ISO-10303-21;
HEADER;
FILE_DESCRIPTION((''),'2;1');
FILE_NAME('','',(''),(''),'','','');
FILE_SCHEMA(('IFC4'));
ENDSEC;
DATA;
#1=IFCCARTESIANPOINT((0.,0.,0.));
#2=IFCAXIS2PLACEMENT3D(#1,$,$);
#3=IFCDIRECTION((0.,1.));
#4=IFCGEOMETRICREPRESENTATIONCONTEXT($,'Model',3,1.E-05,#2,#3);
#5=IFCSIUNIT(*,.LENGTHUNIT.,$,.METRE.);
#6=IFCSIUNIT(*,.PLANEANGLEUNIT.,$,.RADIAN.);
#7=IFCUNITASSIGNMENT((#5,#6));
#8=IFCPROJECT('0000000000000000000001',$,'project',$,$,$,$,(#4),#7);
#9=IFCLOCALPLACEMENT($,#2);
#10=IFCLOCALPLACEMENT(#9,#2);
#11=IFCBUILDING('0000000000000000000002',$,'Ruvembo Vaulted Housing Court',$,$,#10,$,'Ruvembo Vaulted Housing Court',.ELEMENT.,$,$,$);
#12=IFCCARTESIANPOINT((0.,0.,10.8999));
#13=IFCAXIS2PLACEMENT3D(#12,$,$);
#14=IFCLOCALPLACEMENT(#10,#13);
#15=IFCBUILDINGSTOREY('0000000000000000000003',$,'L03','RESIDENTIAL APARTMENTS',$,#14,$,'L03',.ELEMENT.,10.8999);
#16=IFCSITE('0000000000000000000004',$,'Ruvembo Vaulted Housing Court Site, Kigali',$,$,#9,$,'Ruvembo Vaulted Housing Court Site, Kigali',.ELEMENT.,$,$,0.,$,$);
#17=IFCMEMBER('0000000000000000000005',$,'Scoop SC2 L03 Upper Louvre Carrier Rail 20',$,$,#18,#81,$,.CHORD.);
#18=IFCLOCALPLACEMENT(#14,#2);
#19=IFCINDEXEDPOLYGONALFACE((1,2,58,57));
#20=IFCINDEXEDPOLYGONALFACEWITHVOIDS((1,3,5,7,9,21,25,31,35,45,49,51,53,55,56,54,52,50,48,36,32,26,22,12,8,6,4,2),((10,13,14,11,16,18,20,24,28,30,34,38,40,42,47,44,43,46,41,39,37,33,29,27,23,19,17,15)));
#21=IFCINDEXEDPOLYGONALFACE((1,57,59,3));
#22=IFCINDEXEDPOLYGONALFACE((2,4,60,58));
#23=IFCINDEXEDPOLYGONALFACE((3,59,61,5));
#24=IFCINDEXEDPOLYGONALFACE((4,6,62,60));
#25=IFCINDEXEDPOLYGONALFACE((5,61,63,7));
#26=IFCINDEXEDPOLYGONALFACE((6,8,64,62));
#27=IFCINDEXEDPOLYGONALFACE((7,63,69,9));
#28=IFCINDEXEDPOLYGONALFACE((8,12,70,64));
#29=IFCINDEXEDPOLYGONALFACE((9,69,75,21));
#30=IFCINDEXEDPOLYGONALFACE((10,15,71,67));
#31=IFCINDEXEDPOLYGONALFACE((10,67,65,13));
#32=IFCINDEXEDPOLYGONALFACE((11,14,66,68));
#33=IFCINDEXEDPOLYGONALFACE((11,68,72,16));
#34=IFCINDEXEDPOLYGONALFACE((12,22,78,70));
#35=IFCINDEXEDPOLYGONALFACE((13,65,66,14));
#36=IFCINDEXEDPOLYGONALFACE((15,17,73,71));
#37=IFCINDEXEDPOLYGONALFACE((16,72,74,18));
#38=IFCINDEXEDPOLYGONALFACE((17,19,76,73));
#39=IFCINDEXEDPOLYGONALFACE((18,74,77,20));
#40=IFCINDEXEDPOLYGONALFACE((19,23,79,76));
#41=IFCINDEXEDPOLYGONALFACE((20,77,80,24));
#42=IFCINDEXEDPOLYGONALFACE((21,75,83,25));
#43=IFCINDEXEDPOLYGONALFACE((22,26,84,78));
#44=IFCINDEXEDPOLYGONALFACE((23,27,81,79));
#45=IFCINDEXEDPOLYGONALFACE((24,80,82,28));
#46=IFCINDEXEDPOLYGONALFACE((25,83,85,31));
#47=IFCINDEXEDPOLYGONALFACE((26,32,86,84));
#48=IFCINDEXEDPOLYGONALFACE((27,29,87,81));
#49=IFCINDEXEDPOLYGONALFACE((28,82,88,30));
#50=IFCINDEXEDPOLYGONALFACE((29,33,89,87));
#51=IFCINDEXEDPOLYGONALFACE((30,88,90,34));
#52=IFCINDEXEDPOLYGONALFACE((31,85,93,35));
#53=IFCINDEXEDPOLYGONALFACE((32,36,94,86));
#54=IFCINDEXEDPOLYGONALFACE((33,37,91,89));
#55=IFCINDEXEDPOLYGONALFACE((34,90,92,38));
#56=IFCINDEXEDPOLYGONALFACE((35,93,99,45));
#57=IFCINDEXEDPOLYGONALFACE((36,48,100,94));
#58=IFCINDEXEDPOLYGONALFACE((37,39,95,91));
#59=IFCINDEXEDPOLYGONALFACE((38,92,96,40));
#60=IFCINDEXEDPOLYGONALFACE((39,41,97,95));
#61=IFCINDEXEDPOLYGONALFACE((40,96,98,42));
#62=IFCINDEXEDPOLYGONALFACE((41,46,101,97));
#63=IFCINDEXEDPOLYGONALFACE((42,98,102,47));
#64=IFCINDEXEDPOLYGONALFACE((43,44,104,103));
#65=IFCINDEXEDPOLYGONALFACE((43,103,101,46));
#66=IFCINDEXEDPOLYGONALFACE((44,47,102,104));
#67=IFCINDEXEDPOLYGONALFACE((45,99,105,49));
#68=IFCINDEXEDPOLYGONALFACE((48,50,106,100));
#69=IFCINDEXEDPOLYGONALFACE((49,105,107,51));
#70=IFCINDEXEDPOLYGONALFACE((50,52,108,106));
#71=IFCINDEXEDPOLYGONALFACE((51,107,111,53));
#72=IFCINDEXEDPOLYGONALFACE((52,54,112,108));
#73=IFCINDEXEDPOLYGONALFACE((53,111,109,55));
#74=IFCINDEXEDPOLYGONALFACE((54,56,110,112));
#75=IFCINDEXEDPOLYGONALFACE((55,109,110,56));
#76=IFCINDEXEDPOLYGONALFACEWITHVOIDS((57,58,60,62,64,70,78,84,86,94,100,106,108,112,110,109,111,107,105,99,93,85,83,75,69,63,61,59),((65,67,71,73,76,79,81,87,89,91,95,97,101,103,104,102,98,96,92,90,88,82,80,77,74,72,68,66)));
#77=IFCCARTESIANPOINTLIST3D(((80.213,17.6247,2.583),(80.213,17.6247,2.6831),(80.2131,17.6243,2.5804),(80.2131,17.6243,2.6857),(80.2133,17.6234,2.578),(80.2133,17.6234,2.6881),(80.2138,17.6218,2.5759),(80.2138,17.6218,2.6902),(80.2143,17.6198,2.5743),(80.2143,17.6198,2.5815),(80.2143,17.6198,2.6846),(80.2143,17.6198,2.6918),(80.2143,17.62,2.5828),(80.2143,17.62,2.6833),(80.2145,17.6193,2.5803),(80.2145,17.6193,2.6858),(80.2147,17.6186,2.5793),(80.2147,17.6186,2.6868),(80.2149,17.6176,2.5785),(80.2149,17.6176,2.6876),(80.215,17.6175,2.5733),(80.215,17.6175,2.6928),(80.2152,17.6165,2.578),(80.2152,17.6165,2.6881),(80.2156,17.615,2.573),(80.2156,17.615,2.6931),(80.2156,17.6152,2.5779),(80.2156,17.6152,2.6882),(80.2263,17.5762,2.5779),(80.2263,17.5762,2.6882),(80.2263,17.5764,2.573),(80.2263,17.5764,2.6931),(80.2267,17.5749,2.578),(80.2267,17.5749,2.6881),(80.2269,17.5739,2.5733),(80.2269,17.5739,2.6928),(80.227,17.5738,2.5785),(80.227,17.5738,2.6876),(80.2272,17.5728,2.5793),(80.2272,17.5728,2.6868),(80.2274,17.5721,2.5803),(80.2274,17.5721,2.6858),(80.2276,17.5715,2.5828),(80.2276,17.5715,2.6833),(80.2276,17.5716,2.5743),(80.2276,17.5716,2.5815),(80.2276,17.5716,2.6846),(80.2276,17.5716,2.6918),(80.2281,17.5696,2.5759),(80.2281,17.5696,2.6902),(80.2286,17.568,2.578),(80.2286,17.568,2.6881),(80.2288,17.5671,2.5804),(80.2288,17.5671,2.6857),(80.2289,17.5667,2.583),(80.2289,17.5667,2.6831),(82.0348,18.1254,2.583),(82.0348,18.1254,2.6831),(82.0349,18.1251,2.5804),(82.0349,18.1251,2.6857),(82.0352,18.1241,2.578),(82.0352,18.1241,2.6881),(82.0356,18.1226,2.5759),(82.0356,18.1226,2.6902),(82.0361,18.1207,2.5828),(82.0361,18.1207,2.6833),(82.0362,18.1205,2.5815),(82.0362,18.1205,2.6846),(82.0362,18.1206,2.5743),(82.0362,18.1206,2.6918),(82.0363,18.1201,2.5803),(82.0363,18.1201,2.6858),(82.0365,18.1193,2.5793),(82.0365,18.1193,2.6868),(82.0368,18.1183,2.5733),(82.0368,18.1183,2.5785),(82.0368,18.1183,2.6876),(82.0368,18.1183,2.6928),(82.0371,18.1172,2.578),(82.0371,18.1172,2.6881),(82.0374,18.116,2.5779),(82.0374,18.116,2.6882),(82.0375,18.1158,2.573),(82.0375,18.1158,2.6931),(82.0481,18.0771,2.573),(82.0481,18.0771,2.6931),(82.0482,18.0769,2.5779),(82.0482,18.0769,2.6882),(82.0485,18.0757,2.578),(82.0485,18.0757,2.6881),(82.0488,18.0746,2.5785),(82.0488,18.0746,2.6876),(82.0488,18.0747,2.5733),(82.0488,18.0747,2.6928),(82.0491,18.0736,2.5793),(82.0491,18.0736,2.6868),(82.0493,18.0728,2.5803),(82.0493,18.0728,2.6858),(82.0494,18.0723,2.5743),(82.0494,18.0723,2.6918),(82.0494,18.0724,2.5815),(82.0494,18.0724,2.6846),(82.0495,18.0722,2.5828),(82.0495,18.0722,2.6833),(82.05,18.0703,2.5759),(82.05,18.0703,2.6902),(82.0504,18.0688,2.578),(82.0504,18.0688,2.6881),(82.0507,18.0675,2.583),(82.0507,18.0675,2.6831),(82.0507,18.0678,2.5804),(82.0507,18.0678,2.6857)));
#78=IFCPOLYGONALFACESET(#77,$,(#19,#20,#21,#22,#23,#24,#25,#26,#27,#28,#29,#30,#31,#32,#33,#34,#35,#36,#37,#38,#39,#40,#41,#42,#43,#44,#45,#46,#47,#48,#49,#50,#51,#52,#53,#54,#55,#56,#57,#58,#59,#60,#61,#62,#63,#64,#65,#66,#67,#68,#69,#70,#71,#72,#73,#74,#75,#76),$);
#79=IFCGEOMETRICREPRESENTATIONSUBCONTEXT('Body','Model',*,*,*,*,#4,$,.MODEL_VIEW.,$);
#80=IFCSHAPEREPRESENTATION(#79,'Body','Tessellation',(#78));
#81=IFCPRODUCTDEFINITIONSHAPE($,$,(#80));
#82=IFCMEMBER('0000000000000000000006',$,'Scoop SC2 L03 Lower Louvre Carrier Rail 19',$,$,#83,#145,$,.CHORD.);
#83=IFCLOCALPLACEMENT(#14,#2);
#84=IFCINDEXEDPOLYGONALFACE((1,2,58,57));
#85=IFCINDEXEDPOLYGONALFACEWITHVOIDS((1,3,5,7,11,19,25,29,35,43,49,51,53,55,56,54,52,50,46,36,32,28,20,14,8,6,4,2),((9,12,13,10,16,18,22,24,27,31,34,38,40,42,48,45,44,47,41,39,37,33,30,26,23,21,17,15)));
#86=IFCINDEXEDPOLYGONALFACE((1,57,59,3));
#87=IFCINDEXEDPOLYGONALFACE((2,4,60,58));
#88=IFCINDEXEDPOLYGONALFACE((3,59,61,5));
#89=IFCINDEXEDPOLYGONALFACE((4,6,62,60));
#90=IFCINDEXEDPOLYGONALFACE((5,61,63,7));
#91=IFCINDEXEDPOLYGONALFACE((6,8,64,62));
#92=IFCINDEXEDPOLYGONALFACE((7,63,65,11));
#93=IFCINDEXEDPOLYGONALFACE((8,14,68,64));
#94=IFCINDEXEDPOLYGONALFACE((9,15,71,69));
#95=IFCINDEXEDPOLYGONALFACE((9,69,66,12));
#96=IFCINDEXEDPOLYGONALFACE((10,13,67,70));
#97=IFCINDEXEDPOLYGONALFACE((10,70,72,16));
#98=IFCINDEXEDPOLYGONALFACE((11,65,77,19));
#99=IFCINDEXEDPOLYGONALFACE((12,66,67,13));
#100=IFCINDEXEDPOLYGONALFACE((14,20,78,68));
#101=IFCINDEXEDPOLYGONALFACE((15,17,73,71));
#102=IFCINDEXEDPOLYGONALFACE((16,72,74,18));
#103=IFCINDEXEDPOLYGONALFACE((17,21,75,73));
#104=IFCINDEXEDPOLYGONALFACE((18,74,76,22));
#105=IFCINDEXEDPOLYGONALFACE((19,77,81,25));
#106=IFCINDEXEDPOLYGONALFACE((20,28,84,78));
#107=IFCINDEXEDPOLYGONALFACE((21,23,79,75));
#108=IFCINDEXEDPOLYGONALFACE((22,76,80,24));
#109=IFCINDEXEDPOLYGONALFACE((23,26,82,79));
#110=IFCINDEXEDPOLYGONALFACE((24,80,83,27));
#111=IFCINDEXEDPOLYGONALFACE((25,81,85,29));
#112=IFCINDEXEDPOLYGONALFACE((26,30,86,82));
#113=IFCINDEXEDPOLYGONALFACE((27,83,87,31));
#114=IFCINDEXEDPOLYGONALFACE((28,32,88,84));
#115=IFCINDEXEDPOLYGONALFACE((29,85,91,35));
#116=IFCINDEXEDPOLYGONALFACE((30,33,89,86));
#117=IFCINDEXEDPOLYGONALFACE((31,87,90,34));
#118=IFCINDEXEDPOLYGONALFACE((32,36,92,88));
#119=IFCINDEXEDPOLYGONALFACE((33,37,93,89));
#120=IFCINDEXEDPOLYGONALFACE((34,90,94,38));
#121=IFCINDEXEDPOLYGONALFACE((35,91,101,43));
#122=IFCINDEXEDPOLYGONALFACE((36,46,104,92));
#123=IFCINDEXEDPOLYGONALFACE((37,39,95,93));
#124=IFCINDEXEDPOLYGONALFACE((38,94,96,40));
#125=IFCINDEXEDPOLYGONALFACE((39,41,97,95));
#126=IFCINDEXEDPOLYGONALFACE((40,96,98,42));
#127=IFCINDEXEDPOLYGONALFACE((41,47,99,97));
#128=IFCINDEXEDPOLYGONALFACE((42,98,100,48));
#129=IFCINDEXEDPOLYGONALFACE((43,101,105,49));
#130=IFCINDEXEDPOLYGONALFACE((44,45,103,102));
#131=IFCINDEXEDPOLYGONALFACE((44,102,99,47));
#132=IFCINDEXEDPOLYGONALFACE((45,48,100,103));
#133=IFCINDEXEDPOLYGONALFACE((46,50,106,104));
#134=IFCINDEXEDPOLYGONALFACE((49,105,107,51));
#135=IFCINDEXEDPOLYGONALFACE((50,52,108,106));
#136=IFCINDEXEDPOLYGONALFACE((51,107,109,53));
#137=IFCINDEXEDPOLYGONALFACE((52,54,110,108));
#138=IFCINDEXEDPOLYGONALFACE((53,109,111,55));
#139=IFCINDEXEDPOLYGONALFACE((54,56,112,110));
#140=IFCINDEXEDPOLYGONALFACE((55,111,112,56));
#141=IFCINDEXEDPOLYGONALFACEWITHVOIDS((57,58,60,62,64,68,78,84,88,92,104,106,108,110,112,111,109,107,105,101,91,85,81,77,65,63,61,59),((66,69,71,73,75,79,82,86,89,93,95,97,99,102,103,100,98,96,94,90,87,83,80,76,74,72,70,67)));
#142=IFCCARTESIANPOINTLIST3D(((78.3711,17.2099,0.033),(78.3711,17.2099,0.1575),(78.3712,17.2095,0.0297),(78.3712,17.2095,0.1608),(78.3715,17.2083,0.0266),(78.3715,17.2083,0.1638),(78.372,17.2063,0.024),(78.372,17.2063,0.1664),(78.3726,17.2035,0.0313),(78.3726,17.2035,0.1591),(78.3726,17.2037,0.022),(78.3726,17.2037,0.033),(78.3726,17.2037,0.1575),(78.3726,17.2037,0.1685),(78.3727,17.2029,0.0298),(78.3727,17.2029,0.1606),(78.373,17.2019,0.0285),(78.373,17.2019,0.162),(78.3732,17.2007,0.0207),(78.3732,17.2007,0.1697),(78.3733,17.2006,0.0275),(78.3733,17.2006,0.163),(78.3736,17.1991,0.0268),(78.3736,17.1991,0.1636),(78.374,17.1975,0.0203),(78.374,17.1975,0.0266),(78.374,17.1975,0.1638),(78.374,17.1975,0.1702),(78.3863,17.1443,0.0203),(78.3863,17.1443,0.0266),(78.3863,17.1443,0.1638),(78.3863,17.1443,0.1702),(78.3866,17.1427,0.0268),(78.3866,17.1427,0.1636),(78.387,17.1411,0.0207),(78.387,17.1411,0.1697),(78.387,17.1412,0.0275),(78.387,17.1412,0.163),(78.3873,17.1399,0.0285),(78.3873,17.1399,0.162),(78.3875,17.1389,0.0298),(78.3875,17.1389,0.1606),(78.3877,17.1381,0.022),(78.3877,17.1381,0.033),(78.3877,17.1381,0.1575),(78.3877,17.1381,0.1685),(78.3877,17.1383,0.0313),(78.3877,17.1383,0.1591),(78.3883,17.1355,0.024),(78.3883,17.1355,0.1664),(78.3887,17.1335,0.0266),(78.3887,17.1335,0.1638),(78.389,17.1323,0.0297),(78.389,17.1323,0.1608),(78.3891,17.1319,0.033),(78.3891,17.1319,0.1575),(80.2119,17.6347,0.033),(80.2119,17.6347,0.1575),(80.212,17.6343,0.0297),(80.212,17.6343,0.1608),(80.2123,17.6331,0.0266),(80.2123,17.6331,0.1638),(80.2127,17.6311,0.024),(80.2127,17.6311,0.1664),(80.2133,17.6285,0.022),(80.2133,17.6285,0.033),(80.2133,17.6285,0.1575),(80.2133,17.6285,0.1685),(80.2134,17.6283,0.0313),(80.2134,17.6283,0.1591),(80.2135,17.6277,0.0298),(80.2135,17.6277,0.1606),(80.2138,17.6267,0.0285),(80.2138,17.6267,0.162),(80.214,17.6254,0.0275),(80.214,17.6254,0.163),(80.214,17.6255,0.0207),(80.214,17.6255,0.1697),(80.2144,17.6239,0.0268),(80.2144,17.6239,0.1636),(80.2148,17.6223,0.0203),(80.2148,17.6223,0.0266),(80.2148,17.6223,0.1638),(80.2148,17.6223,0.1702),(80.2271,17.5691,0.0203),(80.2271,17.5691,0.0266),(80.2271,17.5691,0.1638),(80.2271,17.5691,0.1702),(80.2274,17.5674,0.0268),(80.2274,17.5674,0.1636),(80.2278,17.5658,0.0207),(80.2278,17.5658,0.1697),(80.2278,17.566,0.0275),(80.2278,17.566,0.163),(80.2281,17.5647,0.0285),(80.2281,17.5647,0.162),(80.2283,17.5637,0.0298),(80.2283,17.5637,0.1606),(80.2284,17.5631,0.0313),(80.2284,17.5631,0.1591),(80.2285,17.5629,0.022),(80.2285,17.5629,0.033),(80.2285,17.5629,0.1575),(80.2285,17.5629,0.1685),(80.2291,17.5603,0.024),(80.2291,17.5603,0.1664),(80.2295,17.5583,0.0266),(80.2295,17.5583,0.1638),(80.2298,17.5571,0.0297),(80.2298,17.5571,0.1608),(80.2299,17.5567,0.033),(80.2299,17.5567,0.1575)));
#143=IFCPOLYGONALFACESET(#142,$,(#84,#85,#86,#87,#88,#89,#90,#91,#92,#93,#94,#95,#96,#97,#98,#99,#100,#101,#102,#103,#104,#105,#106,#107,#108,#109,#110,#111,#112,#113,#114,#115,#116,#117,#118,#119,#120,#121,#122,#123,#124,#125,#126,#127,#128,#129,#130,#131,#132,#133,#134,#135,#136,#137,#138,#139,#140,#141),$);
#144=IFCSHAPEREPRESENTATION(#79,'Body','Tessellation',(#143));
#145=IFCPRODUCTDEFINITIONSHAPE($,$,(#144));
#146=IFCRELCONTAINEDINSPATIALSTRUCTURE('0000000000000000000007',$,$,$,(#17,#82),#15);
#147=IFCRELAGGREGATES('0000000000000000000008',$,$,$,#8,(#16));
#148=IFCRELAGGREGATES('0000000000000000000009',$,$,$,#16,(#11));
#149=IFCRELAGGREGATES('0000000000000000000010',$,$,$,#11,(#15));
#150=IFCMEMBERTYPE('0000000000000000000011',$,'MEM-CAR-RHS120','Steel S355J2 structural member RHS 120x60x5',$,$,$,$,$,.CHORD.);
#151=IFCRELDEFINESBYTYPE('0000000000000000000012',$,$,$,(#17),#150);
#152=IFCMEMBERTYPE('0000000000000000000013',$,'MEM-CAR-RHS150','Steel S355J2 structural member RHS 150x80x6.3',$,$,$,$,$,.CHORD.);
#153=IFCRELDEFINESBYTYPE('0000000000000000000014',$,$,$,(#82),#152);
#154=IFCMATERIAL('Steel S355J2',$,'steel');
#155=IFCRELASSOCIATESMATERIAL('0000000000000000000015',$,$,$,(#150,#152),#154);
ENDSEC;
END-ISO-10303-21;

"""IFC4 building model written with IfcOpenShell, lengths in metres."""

from ifc_helpers import new_model, si_unit, direction, frame, origin, origin_2d, place, context, subcontext, project, spatial, hollow_rectangle, extrude, material, material_profile, profile_set, type_object, element, save


model = new_model("IFC4")

# Units and contexts
model_context = context("Model", 3, precision=1e-05, world=origin(), true_north=direction((0.0, 1.0)))
body_context = subcontext(model_context, "Body", "Model", "MODEL_VIEW")
ifc_project = project(units=[si_unit("LENGTHUNIT", "METRE"), si_unit("PLANEANGLEUNIT", "RADIAN")], contexts=[model_context])

# Site, building, storey
site_placement = place(None, origin())
site = spatial("IfcSite", under=ifc_project, at=site_placement, Name="Ruvembo Vaulted Housing Court Site, Kigali", LongName="Ruvembo Vaulted Housing Court Site, Kigali", CompositionType="ELEMENT", RefElevation=0.0)
building_placement = place(site_placement, origin())
building = spatial("IfcBuilding", under=site, at=building_placement, Name="Ruvembo Vaulted Housing Court", LongName="Ruvembo Vaulted Housing Court", CompositionType="ELEMENT")
storey_placement = place(building_placement, frame((0.0, 0.0, 10.8999)))
storey = spatial("IfcBuildingStorey", under=building, at=storey_placement, Name="L03", Description="RESIDENTIAL APARTMENTS", LongName="L03", CompositionType="ELEMENT", Elevation=10.8999)

# Shared definitions
ifc_material_1 = material(Name="Steel S355J2", Category="steel")

# Members
ifc_material_profile_1 = material_profile(ifc_material_1, hollow_rectangle(XDim=0.0601, YDim=0.1201, WallThickness=0.0049, InnerFilletRadius=0.0049, OuterFilletRadius=0.01, at=origin_2d()), Name="RHS 120x60x5")
ifc_profile_set_1 = profile_set([ifc_material_profile_1], Name="Steel S355J2")
member_type_1 = type_object("IfcMemberType", Name="MEM-CAR-RHS120", Description="Steel S355J2 structural member RHS 120x60x5", PredefinedType="CHORD", material=ifc_profile_set_1)
member_1_placement = place(storey_placement, frame((80.2209, 17.5957, 2.6331), z_axis=(0.96424, 0.26503, 0.0), x_axis=(-0.26503, 0.96424, 0.0)))
element("IfcMember", 1, at=member_1_placement, inside=storey, type_object=member_type_1, Name="Scoop SC2 L03 Upper Louvre Carrier Rail 20", PredefinedType="CHORD", context=body_context, shape_type="SweptSolid", body=[
    extrude(hollow_rectangle(XDim=0.0601, YDim=0.1201, WallThickness=0.0049, InnerFilletRadius=0.0049, OuterFilletRadius=0.01, at=origin_2d()), origin(), (0.0, 0.0, 1.0), 1.8894),
])
ifc_material_profile_2 = material_profile(ifc_material_1, hollow_rectangle(XDim=0.0801, YDim=0.1499, WallThickness=0.0063, InnerFilletRadius=0.0063, OuterFilletRadius=0.0127, at=origin_2d()), Name="RHS 150x80x6.3")
ifc_profile_set_2 = profile_set([ifc_material_profile_2], Name="Steel S355J2")
member_type_2 = type_object("IfcMemberType", Name="MEM-CAR-RHS150", Description="Steel S355J2 structural member RHS 150x80x6.3", PredefinedType="CHORD", material=ifc_profile_set_2)
member_2_placement = place(storey_placement, frame((78.3801, 17.1709, 0.0952), z_axis=(0.974391, 0.22486, 0.0), x_axis=(-0.22486, 0.974391, 0.0)))
element("IfcMember", 2, at=member_2_placement, inside=storey, type_object=member_type_2, Name="Scoop SC2 L03 Lower Louvre Carrier Rail 19", PredefinedType="CHORD", context=body_context, shape_type="SweptSolid", body=[
    extrude(hollow_rectangle(XDim=0.0801, YDim=0.1499, WallThickness=0.0063, InnerFilletRadius=0.0063, OuterFilletRadius=0.0127, at=origin_2d()), origin(), (0.0, 0.0, 1.0), 1.8892),
])

save(model, "model.ifc")
